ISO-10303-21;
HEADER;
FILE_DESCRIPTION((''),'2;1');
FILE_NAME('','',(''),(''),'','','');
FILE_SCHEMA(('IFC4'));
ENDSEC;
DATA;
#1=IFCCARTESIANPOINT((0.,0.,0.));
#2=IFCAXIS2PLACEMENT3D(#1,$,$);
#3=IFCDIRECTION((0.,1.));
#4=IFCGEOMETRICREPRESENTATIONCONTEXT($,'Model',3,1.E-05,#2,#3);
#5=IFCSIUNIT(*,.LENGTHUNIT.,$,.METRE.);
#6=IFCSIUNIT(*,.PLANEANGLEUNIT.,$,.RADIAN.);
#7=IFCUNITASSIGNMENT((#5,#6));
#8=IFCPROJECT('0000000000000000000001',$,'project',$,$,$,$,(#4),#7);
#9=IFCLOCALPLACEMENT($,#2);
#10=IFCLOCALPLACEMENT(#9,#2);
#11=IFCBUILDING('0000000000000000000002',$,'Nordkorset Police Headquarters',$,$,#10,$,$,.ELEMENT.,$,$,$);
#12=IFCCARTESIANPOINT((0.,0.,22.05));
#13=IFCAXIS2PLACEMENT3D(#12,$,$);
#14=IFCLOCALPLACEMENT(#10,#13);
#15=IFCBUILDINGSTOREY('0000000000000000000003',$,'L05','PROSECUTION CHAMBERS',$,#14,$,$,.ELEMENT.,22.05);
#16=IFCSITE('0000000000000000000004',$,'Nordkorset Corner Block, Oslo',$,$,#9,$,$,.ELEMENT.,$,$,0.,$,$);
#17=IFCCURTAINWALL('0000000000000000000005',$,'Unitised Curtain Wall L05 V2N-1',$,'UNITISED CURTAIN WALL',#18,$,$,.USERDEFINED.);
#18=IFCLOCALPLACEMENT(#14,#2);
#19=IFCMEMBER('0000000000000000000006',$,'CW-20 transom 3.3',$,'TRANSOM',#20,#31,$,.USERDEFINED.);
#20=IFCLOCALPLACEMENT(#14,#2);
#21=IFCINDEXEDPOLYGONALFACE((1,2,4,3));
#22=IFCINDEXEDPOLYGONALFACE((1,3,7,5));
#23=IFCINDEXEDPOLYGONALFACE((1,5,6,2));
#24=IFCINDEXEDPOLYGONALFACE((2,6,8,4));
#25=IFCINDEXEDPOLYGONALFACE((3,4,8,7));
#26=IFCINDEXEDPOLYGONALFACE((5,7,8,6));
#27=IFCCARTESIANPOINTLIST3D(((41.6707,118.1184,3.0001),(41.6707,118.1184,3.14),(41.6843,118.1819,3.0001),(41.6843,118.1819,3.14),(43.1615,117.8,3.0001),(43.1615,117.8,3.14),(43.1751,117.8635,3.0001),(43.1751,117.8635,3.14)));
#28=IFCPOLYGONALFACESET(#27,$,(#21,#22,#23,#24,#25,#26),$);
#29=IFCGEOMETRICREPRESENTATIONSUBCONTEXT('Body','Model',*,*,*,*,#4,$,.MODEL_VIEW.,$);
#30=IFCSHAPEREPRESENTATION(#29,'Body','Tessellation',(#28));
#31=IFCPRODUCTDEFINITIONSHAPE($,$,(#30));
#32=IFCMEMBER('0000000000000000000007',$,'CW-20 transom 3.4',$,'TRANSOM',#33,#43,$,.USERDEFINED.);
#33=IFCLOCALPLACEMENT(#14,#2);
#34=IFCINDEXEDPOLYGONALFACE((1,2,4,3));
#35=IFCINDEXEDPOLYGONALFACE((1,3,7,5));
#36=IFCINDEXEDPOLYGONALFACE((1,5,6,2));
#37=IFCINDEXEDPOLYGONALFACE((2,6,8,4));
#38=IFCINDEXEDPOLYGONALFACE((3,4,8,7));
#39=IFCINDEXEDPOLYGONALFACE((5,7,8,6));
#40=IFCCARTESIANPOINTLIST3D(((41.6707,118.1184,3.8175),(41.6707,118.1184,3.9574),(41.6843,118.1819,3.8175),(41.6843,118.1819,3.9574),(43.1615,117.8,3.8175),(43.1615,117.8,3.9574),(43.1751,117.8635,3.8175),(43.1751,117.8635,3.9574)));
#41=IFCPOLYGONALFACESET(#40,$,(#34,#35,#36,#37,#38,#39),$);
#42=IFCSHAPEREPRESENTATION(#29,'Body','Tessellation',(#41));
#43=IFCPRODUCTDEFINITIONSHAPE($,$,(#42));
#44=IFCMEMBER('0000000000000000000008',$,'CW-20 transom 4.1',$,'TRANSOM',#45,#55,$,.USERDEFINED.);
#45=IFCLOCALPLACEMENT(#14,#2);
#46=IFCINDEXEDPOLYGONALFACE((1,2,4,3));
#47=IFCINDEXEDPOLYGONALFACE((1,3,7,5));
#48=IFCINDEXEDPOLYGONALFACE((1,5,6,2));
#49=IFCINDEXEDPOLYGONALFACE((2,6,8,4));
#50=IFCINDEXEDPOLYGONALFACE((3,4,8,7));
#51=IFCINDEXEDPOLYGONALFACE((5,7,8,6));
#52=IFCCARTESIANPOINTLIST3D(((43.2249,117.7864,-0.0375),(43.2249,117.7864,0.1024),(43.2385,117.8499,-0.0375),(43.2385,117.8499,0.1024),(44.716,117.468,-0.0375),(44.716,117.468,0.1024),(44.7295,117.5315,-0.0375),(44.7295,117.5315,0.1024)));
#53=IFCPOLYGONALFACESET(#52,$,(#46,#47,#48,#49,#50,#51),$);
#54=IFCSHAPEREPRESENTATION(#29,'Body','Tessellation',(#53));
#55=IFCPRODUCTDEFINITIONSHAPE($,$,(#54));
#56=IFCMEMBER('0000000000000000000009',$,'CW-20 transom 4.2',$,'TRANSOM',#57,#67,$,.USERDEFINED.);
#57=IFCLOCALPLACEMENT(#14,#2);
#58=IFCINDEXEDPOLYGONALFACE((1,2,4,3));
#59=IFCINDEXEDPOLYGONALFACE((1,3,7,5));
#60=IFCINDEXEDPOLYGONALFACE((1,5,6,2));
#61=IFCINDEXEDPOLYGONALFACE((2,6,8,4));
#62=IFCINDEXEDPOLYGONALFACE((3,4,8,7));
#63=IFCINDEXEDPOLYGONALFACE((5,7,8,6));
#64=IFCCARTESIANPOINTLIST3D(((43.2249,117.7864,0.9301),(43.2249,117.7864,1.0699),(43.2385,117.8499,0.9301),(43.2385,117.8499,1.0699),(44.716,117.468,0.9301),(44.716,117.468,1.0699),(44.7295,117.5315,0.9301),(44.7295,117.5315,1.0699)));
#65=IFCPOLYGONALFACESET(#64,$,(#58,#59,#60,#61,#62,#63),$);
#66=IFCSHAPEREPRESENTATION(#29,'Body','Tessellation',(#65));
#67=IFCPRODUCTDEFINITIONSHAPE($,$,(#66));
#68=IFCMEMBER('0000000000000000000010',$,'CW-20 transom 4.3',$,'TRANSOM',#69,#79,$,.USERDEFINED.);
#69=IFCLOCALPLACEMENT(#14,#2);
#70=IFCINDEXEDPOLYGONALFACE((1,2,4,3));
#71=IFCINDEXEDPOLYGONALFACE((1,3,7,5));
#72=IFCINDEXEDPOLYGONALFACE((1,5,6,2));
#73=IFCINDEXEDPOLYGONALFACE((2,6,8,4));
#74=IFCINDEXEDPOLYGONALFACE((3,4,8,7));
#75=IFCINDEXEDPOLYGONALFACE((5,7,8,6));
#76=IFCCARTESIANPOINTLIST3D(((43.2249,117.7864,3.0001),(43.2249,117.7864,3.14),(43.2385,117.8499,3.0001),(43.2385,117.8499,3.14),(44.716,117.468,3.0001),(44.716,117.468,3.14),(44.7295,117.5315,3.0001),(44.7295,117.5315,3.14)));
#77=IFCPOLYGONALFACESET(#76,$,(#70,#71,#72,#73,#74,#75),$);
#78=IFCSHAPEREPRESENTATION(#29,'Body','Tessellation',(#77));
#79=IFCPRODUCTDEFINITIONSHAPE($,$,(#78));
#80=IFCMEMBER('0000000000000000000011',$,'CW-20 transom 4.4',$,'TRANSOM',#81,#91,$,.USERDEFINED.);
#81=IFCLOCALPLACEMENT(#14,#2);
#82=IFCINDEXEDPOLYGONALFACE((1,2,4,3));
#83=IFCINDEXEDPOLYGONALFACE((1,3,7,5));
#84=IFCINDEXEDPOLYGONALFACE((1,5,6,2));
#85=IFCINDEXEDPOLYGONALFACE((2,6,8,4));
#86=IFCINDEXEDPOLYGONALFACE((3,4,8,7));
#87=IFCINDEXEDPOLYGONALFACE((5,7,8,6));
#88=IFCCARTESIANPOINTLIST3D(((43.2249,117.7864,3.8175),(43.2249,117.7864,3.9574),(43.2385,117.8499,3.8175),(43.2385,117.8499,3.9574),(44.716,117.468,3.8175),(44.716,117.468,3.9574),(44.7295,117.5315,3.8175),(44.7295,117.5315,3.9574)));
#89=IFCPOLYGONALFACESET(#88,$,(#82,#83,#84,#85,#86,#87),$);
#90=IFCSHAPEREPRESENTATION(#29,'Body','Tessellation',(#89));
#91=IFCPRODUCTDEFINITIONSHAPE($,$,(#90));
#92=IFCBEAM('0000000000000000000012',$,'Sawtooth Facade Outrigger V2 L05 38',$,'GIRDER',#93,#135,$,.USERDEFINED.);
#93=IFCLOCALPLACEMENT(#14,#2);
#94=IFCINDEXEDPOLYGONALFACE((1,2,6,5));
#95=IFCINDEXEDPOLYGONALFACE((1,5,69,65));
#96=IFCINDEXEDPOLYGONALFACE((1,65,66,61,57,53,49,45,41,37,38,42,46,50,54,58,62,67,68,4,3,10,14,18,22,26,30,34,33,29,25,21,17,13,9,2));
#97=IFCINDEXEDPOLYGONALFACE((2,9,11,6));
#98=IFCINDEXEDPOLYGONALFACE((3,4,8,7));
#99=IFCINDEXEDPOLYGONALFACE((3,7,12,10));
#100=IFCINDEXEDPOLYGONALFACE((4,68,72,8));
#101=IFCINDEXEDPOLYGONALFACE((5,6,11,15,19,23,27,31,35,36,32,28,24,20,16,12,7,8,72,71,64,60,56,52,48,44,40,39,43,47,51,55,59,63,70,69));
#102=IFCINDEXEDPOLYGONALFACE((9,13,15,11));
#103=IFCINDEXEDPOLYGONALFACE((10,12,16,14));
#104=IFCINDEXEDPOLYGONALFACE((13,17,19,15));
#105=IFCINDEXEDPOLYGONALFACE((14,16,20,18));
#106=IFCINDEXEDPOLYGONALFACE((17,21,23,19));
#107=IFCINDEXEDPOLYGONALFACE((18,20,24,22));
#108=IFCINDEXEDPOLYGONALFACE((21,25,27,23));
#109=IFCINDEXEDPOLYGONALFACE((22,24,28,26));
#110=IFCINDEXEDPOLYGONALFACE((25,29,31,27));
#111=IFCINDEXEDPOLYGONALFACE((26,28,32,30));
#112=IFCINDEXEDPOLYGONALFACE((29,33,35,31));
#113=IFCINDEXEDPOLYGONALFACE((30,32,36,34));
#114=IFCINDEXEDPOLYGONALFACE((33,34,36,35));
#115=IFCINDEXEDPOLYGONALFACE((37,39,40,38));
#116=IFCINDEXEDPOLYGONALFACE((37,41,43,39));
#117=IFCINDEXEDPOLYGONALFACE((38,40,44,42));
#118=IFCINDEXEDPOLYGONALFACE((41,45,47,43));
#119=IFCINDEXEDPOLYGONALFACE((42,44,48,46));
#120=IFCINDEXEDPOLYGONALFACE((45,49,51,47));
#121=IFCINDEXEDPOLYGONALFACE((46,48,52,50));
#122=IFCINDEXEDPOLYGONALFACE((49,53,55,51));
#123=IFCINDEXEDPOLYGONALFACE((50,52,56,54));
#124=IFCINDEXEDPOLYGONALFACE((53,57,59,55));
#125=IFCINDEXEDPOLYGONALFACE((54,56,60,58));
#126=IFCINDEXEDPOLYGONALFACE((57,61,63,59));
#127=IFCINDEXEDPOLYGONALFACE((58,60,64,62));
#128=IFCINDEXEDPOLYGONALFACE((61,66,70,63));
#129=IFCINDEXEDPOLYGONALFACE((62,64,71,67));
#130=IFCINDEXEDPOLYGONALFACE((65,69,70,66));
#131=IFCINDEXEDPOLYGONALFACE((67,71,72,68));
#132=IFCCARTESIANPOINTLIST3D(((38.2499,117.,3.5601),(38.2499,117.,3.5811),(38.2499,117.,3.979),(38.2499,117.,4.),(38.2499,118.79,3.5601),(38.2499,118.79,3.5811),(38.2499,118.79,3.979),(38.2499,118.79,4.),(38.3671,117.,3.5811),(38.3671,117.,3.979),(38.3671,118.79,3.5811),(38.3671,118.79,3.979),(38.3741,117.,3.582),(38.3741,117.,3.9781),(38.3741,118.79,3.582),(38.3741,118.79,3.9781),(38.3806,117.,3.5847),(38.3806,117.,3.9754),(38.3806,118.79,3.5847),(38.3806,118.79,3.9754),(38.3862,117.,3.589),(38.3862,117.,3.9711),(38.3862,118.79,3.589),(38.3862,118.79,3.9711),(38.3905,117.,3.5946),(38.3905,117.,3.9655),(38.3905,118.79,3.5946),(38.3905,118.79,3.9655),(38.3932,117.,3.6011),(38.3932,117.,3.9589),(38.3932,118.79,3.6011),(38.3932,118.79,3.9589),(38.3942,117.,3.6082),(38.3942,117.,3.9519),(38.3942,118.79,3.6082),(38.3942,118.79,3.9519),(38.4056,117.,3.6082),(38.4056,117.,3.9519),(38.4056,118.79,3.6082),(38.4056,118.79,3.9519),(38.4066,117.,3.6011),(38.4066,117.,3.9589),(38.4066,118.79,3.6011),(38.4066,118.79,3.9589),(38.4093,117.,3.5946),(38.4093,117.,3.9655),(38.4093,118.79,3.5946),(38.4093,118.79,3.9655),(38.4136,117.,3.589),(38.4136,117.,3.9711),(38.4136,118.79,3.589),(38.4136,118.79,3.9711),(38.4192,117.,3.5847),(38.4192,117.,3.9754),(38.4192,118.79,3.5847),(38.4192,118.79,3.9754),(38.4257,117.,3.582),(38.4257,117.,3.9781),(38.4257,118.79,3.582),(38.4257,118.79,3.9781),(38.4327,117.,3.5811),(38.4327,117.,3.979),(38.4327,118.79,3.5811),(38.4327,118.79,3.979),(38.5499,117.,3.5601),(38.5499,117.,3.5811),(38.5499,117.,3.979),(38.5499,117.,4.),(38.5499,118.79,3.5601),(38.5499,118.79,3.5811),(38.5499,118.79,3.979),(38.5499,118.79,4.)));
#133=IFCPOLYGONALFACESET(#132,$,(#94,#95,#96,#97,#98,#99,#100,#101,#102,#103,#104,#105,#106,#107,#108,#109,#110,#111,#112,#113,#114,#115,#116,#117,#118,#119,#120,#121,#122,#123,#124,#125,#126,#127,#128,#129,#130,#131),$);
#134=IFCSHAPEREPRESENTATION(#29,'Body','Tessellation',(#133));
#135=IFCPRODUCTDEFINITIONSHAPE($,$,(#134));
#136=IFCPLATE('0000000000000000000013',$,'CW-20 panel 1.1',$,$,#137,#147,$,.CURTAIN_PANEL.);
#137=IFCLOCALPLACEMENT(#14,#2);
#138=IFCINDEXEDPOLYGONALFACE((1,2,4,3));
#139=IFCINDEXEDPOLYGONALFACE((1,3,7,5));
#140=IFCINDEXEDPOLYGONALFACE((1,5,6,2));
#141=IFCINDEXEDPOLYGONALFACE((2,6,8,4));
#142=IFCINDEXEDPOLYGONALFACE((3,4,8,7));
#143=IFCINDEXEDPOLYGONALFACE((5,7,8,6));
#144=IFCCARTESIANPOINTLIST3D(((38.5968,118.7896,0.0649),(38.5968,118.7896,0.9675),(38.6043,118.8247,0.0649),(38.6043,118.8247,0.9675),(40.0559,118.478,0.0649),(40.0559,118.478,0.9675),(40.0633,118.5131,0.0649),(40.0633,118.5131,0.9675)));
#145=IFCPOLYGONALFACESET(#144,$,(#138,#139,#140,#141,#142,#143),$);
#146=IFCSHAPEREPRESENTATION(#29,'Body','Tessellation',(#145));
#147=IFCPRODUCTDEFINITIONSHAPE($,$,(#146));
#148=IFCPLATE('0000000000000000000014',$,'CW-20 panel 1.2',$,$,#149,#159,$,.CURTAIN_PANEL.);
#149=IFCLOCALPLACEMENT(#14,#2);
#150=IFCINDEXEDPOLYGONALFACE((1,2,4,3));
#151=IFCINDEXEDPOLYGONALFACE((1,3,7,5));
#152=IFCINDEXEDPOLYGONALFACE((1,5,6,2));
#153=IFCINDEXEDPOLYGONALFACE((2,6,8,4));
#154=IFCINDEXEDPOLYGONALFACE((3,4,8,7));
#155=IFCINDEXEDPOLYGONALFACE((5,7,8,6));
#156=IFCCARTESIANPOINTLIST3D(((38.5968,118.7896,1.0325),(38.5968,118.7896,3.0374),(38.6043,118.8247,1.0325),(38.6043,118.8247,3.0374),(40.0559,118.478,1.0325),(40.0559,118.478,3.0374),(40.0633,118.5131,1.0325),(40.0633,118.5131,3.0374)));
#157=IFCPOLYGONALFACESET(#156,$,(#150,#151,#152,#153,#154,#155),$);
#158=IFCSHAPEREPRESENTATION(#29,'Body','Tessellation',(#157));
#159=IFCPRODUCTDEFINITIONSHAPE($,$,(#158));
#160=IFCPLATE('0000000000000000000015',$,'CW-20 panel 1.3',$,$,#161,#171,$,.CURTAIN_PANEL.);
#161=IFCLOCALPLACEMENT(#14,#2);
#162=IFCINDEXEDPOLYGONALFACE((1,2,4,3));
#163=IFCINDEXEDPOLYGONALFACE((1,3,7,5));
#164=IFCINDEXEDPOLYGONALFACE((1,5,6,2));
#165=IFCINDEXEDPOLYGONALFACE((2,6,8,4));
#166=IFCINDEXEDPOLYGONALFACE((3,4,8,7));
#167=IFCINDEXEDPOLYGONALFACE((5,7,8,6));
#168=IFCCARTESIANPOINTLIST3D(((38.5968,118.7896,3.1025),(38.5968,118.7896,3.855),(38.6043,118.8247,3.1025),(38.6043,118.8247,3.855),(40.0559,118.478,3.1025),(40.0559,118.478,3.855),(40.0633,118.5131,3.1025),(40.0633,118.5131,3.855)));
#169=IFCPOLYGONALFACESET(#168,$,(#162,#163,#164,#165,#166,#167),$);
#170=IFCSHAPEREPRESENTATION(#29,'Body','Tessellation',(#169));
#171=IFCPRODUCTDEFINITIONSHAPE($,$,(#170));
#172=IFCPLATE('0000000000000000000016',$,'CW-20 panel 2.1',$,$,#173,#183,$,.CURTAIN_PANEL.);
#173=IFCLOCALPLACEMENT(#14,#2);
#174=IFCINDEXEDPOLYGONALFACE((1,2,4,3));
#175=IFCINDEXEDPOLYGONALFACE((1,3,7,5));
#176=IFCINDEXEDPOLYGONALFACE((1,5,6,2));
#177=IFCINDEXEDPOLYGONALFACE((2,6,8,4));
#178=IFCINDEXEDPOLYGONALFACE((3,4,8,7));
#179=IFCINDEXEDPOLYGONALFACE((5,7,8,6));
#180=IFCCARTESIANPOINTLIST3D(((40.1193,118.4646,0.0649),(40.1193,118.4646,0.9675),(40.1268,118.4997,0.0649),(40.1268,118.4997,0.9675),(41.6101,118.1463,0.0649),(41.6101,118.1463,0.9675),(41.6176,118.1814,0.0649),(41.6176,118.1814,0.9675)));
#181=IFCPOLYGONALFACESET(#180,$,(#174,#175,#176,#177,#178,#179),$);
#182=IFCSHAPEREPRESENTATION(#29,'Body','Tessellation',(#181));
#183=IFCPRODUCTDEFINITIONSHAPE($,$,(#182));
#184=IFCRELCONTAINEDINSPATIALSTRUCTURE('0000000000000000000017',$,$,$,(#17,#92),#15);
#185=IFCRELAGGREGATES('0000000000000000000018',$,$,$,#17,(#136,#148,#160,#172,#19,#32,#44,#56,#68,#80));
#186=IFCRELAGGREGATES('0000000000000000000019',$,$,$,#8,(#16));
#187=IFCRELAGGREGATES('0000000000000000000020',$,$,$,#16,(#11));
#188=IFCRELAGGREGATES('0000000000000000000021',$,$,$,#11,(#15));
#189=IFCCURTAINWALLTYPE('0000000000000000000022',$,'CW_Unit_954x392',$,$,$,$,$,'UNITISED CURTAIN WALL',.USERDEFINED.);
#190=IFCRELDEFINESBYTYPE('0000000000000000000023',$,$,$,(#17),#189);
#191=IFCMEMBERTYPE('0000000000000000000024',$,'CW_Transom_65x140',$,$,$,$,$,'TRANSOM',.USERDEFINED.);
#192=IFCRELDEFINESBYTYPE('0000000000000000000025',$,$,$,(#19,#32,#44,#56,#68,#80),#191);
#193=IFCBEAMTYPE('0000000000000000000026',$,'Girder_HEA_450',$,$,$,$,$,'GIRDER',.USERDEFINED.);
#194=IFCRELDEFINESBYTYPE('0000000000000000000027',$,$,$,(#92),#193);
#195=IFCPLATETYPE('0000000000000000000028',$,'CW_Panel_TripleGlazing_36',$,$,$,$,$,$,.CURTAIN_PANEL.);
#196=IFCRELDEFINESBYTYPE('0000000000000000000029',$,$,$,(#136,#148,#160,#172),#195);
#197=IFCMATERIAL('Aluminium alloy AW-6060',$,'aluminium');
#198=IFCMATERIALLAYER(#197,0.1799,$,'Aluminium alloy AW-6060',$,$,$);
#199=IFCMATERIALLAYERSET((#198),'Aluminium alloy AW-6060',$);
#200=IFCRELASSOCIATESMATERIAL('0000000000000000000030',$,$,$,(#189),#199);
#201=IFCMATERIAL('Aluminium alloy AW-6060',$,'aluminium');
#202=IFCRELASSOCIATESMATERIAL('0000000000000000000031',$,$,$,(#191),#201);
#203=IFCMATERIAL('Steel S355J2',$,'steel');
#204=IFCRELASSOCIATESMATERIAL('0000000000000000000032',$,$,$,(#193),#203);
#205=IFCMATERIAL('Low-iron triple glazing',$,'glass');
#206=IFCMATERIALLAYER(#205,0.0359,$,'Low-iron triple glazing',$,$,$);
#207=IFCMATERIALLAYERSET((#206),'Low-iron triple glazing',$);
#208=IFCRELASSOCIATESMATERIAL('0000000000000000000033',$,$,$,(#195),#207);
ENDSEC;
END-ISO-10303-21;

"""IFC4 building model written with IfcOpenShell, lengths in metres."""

from ifc_helpers import new_model, si_unit, direction, frame, origin, origin_2d, place, context, subcontext, project, spatial, rectangle, i_section, extrude, material, layer, layer_set, material_profile, profile_set, type_object, element, aggregate, save


model = new_model("IFC4")

# Units and contexts
model_context = context("Model", 3, precision=1e-05, world=origin(), true_north=direction((0.0, 1.0)))
body_context = subcontext(model_context, "Body", "Model", "MODEL_VIEW")
ifc_project = project(units=[si_unit("LENGTHUNIT", "METRE"), si_unit("PLANEANGLEUNIT", "RADIAN")], contexts=[model_context])

# Site, building, storey
site_placement = place(None, origin())
site = spatial("IfcSite", under=ifc_project, at=site_placement, Name="Nordkorset Corner Block, Oslo", CompositionType="ELEMENT", RefElevation=0.0)
building_placement = place(site_placement, origin())
building = spatial("IfcBuilding", under=site, at=building_placement, Name="Nordkorset Police Headquarters", CompositionType="ELEMENT")
storey_placement = place(building_placement, frame((0.0, 0.0, 22.05)))
storey = spatial("IfcBuildingStorey", under=building, at=storey_placement, Name="L05", Description="PROSECUTION CHAMBERS", CompositionType="ELEMENT", Elevation=22.05)

# Curtain wall, members
ifc_material_1 = material(Name="Aluminium alloy AW-6060", Category="aluminium")
ifc_layer_1 = layer(ifc_material_1, 0.1799, Name="Aluminium alloy AW-6060")
ifc_layer_set_1 = layer_set([ifc_layer_1], Name="Aluminium alloy AW-6060")
curtain_wall_type = type_object("IfcCurtainWallType", Name="CW_Unit_954x392", ElementType="UNITISED CURTAIN WALL", PredefinedType="USERDEFINED", material=ifc_layer_set_1)
curtain_wall_placement = place(storey_placement, origin())
curtain_wall = element("IfcCurtainWall", 1, at=curtain_wall_placement, inside=storey, type_object=curtain_wall_type, Name="Unitised Curtain Wall L05 V2N-1", ObjectType="UNITISED CURTAIN WALL", PredefinedType="USERDEFINED")
ifc_material_2 = material(Name="Aluminium alloy AW-6060", Category="aluminium")
ifc_material_profile_1 = material_profile(ifc_material_2, rectangle(XDim=0.0649, YDim=0.1399, at=origin_2d()), Name="ALU TRAN 65x140")
ifc_profile_set_1 = profile_set([ifc_material_profile_1], Name="Aluminium alloy AW-6060")
member_type_1 = type_object("IfcMemberType", Name="CW_Transom_65x140", ElementType="TRANSOM", PredefinedType="USERDEFINED", material=ifc_profile_set_1)
member_1_placement = place(storey_placement, frame((41.6775, 118.1501, 3.0701), z_axis=(0.977947, -0.208851, 0.0), x_axis=(0.208851, 0.977947, 0.0)))
member_1 = element("IfcMember", 2, at=member_1_placement, type_object=member_type_1, Name="CW-20 transom 3.3", ObjectType="TRANSOM", PredefinedType="USERDEFINED", context=body_context, shape_type="SweptSolid", body=[
    extrude(rectangle(XDim=0.0649, YDim=0.1399, at=origin_2d()), origin(), (0.0, 0.0, 1.0), 1.5244),
])
member_2_placement = place(storey_placement, frame((41.6775, 118.1501, 3.8875), z_axis=(0.977947, -0.208851, 0.0), x_axis=(0.208851, 0.977947, 0.0)))
member_2 = element("IfcMember", 3, at=member_2_placement, type_object=member_type_1, Name="CW-20 transom 3.4", ObjectType="TRANSOM", PredefinedType="USERDEFINED", context=body_context, shape_type="SweptSolid", body=[
    extrude(rectangle(XDim=0.0649, YDim=0.1399, at=origin_2d()), origin(), (0.0, 0.0, 1.0), 1.5244),
])
member_3_placement = place(storey_placement, frame((43.2317, 117.8181, 0.0325), z_axis=(0.977954, -0.208818, 0.0), x_axis=(0.208818, 0.977954, 0.0)))
member_3 = element("IfcMember", 4, at=member_3_placement, type_object=member_type_1, Name="CW-20 transom 4.1", ObjectType="TRANSOM", PredefinedType="USERDEFINED", context=body_context, shape_type="SweptSolid", body=[
    extrude(rectangle(XDim=0.0649, YDim=0.1399, at=origin_2d()), origin(), (0.0, 0.0, 1.0), 1.5247),
])
member_4_placement = place(storey_placement, frame((43.2317, 117.8181, 1.0), z_axis=(0.977954, -0.208818, 0.0), x_axis=(0.208818, 0.977954, 0.0)))
member_4 = element("IfcMember", 5, at=member_4_placement, type_object=member_type_1, Name="CW-20 transom 4.2", ObjectType="TRANSOM", PredefinedType="USERDEFINED", context=body_context, shape_type="SweptSolid", body=[
    extrude(rectangle(XDim=0.0649, YDim=0.1399, at=origin_2d()), origin(), (0.0, 0.0, 1.0), 1.5247),
])
member_5_placement = place(storey_placement, frame((43.2317, 117.8181, 3.0701), z_axis=(0.977954, -0.208818, 0.0), x_axis=(0.208818, 0.977954, 0.0)))
member_5 = element("IfcMember", 6, at=member_5_placement, type_object=member_type_1, Name="CW-20 transom 4.3", ObjectType="TRANSOM", PredefinedType="USERDEFINED", context=body_context, shape_type="SweptSolid", body=[
    extrude(rectangle(XDim=0.0649, YDim=0.1399, at=origin_2d()), origin(), (0.0, 0.0, 1.0), 1.5247),
])
member_6_placement = place(storey_placement, frame((43.2317, 117.8181, 3.8875), z_axis=(0.977954, -0.208818, 0.0), x_axis=(0.208818, 0.977954, 0.0)))
member_6 = element("IfcMember", 7, at=member_6_placement, type_object=member_type_1, Name="CW-20 transom 4.4", ObjectType="TRANSOM", PredefinedType="USERDEFINED", context=body_context, shape_type="SweptSolid", body=[
    extrude(rectangle(XDim=0.0649, YDim=0.1399, at=origin_2d()), origin(), (0.0, 0.0, 1.0), 1.5247),
])

# Beam
ifc_material_3 = material(Name="Steel S355J2", Category="steel")
ifc_material_profile_2 = material_profile(ifc_material_3, i_section(OverallWidth=0.3, OverallDepth=0.4399, WebThickness=0.0115, FlangeThickness=0.021, FilletRadius=0.0271, at=origin_2d()), Name="HEA 450")
ifc_profile_set_2 = profile_set([ifc_material_profile_2], Name="Steel S355J2")
beam_type = type_object("IfcBeamType", Name="Girder_HEA_450", ElementType="GIRDER", PredefinedType="USERDEFINED", material=ifc_profile_set_2)
beam_placement = place(storey_placement, frame((38.3999, 117.0, 3.78), z_axis=(0.0, 1.0, 0.0), x_axis=(-1.0, 0.0, 0.0)))
element("IfcBeam", 8, at=beam_placement, inside=storey, type_object=beam_type, Name="Sawtooth Facade Outrigger V2 L05 38", ObjectType="GIRDER", PredefinedType="USERDEFINED", context=body_context, shape_type="SweptSolid", body=[
    extrude(i_section(OverallWidth=0.3, OverallDepth=0.4399, WebThickness=0.0115, FlangeThickness=0.021, FilletRadius=0.0271, at=origin_2d()), origin(), (0.0, 0.0, 1.0), 1.79),
])

# Plates
ifc_material_4 = material(Name="Low-iron triple glazing", Category="glass")
ifc_layer_2 = layer(ifc_material_4, 0.0359, Name="Low-iron triple glazing")
ifc_layer_set_2 = layer_set([ifc_layer_2], Name="Low-iron triple glazing")
plate_type = type_object("IfcPlateType", Name="CW_Panel_TripleGlazing_36", PredefinedType="CURTAIN_PANEL", material=ifc_layer_set_2)
plate_1_placement = place(storey_placement, frame((39.3301, 118.6514, 0.0649), z_axis=(0.0, 0.0, 1.0), x_axis=(0.977951, -0.208833, 0.0)))
plate_1 = element("IfcPlate", 9, at=plate_1_placement, type_object=plate_type, Name="CW-20 panel 1.1", PredefinedType="CURTAIN_PANEL", context=body_context, shape_type="SweptSolid", body=[
    extrude(rectangle(XDim=1.4919, YDim=0.0359, at=origin_2d()), origin(), (0.0, 0.0, 1.0), 0.9026),
])
plate_2_placement = place(storey_placement, frame((39.3301, 118.6514, 1.0325), z_axis=(0.0, 0.0, 1.0), x_axis=(0.977951, -0.208833, 0.0)))
plate_2 = element("IfcPlate", 10, at=plate_2_placement, type_object=plate_type, Name="CW-20 panel 1.2", PredefinedType="CURTAIN_PANEL", context=body_context, shape_type="SweptSolid", body=[
    extrude(rectangle(XDim=1.4919, YDim=0.0359, at=origin_2d()), origin(), (0.0, 0.0, 1.0), 2.0049),
])
plate_3_placement = place(storey_placement, frame((39.3301, 118.6514, 3.1025), z_axis=(0.0, 0.0, 1.0), x_axis=(0.977951, -0.208833, 0.0)))
plate_3 = element("IfcPlate", 11, at=plate_3_placement, type_object=plate_type, Name="CW-20 panel 1.3", PredefinedType="CURTAIN_PANEL", context=body_context, shape_type="SweptSolid", body=[
    extrude(rectangle(XDim=1.4919, YDim=0.0359, at=origin_2d()), origin(), (0.0, 0.0, 1.0), 0.7524),
])
plate_4_placement = place(storey_placement, frame((40.8684, 118.323, 0.0649), z_axis=(0.0, 0.0, 1.0), x_axis=(0.977951, -0.208833, 0.0)))
plate_4 = element("IfcPlate", 12, at=plate_4_placement, type_object=plate_type, Name="CW-20 panel 2.1", PredefinedType="CURTAIN_PANEL", context=body_context, shape_type="SweptSolid", body=[
    extrude(rectangle(XDim=1.5244, YDim=0.0359, at=origin_2d()), origin(), (0.0, 0.0, 1.0), 0.9026),
])
aggregate(curtain_wall, [plate_1, plate_2, plate_3, plate_4, member_1, member_2, member_3, member_4, member_5, member_6])

save(model, "model.ifc")
